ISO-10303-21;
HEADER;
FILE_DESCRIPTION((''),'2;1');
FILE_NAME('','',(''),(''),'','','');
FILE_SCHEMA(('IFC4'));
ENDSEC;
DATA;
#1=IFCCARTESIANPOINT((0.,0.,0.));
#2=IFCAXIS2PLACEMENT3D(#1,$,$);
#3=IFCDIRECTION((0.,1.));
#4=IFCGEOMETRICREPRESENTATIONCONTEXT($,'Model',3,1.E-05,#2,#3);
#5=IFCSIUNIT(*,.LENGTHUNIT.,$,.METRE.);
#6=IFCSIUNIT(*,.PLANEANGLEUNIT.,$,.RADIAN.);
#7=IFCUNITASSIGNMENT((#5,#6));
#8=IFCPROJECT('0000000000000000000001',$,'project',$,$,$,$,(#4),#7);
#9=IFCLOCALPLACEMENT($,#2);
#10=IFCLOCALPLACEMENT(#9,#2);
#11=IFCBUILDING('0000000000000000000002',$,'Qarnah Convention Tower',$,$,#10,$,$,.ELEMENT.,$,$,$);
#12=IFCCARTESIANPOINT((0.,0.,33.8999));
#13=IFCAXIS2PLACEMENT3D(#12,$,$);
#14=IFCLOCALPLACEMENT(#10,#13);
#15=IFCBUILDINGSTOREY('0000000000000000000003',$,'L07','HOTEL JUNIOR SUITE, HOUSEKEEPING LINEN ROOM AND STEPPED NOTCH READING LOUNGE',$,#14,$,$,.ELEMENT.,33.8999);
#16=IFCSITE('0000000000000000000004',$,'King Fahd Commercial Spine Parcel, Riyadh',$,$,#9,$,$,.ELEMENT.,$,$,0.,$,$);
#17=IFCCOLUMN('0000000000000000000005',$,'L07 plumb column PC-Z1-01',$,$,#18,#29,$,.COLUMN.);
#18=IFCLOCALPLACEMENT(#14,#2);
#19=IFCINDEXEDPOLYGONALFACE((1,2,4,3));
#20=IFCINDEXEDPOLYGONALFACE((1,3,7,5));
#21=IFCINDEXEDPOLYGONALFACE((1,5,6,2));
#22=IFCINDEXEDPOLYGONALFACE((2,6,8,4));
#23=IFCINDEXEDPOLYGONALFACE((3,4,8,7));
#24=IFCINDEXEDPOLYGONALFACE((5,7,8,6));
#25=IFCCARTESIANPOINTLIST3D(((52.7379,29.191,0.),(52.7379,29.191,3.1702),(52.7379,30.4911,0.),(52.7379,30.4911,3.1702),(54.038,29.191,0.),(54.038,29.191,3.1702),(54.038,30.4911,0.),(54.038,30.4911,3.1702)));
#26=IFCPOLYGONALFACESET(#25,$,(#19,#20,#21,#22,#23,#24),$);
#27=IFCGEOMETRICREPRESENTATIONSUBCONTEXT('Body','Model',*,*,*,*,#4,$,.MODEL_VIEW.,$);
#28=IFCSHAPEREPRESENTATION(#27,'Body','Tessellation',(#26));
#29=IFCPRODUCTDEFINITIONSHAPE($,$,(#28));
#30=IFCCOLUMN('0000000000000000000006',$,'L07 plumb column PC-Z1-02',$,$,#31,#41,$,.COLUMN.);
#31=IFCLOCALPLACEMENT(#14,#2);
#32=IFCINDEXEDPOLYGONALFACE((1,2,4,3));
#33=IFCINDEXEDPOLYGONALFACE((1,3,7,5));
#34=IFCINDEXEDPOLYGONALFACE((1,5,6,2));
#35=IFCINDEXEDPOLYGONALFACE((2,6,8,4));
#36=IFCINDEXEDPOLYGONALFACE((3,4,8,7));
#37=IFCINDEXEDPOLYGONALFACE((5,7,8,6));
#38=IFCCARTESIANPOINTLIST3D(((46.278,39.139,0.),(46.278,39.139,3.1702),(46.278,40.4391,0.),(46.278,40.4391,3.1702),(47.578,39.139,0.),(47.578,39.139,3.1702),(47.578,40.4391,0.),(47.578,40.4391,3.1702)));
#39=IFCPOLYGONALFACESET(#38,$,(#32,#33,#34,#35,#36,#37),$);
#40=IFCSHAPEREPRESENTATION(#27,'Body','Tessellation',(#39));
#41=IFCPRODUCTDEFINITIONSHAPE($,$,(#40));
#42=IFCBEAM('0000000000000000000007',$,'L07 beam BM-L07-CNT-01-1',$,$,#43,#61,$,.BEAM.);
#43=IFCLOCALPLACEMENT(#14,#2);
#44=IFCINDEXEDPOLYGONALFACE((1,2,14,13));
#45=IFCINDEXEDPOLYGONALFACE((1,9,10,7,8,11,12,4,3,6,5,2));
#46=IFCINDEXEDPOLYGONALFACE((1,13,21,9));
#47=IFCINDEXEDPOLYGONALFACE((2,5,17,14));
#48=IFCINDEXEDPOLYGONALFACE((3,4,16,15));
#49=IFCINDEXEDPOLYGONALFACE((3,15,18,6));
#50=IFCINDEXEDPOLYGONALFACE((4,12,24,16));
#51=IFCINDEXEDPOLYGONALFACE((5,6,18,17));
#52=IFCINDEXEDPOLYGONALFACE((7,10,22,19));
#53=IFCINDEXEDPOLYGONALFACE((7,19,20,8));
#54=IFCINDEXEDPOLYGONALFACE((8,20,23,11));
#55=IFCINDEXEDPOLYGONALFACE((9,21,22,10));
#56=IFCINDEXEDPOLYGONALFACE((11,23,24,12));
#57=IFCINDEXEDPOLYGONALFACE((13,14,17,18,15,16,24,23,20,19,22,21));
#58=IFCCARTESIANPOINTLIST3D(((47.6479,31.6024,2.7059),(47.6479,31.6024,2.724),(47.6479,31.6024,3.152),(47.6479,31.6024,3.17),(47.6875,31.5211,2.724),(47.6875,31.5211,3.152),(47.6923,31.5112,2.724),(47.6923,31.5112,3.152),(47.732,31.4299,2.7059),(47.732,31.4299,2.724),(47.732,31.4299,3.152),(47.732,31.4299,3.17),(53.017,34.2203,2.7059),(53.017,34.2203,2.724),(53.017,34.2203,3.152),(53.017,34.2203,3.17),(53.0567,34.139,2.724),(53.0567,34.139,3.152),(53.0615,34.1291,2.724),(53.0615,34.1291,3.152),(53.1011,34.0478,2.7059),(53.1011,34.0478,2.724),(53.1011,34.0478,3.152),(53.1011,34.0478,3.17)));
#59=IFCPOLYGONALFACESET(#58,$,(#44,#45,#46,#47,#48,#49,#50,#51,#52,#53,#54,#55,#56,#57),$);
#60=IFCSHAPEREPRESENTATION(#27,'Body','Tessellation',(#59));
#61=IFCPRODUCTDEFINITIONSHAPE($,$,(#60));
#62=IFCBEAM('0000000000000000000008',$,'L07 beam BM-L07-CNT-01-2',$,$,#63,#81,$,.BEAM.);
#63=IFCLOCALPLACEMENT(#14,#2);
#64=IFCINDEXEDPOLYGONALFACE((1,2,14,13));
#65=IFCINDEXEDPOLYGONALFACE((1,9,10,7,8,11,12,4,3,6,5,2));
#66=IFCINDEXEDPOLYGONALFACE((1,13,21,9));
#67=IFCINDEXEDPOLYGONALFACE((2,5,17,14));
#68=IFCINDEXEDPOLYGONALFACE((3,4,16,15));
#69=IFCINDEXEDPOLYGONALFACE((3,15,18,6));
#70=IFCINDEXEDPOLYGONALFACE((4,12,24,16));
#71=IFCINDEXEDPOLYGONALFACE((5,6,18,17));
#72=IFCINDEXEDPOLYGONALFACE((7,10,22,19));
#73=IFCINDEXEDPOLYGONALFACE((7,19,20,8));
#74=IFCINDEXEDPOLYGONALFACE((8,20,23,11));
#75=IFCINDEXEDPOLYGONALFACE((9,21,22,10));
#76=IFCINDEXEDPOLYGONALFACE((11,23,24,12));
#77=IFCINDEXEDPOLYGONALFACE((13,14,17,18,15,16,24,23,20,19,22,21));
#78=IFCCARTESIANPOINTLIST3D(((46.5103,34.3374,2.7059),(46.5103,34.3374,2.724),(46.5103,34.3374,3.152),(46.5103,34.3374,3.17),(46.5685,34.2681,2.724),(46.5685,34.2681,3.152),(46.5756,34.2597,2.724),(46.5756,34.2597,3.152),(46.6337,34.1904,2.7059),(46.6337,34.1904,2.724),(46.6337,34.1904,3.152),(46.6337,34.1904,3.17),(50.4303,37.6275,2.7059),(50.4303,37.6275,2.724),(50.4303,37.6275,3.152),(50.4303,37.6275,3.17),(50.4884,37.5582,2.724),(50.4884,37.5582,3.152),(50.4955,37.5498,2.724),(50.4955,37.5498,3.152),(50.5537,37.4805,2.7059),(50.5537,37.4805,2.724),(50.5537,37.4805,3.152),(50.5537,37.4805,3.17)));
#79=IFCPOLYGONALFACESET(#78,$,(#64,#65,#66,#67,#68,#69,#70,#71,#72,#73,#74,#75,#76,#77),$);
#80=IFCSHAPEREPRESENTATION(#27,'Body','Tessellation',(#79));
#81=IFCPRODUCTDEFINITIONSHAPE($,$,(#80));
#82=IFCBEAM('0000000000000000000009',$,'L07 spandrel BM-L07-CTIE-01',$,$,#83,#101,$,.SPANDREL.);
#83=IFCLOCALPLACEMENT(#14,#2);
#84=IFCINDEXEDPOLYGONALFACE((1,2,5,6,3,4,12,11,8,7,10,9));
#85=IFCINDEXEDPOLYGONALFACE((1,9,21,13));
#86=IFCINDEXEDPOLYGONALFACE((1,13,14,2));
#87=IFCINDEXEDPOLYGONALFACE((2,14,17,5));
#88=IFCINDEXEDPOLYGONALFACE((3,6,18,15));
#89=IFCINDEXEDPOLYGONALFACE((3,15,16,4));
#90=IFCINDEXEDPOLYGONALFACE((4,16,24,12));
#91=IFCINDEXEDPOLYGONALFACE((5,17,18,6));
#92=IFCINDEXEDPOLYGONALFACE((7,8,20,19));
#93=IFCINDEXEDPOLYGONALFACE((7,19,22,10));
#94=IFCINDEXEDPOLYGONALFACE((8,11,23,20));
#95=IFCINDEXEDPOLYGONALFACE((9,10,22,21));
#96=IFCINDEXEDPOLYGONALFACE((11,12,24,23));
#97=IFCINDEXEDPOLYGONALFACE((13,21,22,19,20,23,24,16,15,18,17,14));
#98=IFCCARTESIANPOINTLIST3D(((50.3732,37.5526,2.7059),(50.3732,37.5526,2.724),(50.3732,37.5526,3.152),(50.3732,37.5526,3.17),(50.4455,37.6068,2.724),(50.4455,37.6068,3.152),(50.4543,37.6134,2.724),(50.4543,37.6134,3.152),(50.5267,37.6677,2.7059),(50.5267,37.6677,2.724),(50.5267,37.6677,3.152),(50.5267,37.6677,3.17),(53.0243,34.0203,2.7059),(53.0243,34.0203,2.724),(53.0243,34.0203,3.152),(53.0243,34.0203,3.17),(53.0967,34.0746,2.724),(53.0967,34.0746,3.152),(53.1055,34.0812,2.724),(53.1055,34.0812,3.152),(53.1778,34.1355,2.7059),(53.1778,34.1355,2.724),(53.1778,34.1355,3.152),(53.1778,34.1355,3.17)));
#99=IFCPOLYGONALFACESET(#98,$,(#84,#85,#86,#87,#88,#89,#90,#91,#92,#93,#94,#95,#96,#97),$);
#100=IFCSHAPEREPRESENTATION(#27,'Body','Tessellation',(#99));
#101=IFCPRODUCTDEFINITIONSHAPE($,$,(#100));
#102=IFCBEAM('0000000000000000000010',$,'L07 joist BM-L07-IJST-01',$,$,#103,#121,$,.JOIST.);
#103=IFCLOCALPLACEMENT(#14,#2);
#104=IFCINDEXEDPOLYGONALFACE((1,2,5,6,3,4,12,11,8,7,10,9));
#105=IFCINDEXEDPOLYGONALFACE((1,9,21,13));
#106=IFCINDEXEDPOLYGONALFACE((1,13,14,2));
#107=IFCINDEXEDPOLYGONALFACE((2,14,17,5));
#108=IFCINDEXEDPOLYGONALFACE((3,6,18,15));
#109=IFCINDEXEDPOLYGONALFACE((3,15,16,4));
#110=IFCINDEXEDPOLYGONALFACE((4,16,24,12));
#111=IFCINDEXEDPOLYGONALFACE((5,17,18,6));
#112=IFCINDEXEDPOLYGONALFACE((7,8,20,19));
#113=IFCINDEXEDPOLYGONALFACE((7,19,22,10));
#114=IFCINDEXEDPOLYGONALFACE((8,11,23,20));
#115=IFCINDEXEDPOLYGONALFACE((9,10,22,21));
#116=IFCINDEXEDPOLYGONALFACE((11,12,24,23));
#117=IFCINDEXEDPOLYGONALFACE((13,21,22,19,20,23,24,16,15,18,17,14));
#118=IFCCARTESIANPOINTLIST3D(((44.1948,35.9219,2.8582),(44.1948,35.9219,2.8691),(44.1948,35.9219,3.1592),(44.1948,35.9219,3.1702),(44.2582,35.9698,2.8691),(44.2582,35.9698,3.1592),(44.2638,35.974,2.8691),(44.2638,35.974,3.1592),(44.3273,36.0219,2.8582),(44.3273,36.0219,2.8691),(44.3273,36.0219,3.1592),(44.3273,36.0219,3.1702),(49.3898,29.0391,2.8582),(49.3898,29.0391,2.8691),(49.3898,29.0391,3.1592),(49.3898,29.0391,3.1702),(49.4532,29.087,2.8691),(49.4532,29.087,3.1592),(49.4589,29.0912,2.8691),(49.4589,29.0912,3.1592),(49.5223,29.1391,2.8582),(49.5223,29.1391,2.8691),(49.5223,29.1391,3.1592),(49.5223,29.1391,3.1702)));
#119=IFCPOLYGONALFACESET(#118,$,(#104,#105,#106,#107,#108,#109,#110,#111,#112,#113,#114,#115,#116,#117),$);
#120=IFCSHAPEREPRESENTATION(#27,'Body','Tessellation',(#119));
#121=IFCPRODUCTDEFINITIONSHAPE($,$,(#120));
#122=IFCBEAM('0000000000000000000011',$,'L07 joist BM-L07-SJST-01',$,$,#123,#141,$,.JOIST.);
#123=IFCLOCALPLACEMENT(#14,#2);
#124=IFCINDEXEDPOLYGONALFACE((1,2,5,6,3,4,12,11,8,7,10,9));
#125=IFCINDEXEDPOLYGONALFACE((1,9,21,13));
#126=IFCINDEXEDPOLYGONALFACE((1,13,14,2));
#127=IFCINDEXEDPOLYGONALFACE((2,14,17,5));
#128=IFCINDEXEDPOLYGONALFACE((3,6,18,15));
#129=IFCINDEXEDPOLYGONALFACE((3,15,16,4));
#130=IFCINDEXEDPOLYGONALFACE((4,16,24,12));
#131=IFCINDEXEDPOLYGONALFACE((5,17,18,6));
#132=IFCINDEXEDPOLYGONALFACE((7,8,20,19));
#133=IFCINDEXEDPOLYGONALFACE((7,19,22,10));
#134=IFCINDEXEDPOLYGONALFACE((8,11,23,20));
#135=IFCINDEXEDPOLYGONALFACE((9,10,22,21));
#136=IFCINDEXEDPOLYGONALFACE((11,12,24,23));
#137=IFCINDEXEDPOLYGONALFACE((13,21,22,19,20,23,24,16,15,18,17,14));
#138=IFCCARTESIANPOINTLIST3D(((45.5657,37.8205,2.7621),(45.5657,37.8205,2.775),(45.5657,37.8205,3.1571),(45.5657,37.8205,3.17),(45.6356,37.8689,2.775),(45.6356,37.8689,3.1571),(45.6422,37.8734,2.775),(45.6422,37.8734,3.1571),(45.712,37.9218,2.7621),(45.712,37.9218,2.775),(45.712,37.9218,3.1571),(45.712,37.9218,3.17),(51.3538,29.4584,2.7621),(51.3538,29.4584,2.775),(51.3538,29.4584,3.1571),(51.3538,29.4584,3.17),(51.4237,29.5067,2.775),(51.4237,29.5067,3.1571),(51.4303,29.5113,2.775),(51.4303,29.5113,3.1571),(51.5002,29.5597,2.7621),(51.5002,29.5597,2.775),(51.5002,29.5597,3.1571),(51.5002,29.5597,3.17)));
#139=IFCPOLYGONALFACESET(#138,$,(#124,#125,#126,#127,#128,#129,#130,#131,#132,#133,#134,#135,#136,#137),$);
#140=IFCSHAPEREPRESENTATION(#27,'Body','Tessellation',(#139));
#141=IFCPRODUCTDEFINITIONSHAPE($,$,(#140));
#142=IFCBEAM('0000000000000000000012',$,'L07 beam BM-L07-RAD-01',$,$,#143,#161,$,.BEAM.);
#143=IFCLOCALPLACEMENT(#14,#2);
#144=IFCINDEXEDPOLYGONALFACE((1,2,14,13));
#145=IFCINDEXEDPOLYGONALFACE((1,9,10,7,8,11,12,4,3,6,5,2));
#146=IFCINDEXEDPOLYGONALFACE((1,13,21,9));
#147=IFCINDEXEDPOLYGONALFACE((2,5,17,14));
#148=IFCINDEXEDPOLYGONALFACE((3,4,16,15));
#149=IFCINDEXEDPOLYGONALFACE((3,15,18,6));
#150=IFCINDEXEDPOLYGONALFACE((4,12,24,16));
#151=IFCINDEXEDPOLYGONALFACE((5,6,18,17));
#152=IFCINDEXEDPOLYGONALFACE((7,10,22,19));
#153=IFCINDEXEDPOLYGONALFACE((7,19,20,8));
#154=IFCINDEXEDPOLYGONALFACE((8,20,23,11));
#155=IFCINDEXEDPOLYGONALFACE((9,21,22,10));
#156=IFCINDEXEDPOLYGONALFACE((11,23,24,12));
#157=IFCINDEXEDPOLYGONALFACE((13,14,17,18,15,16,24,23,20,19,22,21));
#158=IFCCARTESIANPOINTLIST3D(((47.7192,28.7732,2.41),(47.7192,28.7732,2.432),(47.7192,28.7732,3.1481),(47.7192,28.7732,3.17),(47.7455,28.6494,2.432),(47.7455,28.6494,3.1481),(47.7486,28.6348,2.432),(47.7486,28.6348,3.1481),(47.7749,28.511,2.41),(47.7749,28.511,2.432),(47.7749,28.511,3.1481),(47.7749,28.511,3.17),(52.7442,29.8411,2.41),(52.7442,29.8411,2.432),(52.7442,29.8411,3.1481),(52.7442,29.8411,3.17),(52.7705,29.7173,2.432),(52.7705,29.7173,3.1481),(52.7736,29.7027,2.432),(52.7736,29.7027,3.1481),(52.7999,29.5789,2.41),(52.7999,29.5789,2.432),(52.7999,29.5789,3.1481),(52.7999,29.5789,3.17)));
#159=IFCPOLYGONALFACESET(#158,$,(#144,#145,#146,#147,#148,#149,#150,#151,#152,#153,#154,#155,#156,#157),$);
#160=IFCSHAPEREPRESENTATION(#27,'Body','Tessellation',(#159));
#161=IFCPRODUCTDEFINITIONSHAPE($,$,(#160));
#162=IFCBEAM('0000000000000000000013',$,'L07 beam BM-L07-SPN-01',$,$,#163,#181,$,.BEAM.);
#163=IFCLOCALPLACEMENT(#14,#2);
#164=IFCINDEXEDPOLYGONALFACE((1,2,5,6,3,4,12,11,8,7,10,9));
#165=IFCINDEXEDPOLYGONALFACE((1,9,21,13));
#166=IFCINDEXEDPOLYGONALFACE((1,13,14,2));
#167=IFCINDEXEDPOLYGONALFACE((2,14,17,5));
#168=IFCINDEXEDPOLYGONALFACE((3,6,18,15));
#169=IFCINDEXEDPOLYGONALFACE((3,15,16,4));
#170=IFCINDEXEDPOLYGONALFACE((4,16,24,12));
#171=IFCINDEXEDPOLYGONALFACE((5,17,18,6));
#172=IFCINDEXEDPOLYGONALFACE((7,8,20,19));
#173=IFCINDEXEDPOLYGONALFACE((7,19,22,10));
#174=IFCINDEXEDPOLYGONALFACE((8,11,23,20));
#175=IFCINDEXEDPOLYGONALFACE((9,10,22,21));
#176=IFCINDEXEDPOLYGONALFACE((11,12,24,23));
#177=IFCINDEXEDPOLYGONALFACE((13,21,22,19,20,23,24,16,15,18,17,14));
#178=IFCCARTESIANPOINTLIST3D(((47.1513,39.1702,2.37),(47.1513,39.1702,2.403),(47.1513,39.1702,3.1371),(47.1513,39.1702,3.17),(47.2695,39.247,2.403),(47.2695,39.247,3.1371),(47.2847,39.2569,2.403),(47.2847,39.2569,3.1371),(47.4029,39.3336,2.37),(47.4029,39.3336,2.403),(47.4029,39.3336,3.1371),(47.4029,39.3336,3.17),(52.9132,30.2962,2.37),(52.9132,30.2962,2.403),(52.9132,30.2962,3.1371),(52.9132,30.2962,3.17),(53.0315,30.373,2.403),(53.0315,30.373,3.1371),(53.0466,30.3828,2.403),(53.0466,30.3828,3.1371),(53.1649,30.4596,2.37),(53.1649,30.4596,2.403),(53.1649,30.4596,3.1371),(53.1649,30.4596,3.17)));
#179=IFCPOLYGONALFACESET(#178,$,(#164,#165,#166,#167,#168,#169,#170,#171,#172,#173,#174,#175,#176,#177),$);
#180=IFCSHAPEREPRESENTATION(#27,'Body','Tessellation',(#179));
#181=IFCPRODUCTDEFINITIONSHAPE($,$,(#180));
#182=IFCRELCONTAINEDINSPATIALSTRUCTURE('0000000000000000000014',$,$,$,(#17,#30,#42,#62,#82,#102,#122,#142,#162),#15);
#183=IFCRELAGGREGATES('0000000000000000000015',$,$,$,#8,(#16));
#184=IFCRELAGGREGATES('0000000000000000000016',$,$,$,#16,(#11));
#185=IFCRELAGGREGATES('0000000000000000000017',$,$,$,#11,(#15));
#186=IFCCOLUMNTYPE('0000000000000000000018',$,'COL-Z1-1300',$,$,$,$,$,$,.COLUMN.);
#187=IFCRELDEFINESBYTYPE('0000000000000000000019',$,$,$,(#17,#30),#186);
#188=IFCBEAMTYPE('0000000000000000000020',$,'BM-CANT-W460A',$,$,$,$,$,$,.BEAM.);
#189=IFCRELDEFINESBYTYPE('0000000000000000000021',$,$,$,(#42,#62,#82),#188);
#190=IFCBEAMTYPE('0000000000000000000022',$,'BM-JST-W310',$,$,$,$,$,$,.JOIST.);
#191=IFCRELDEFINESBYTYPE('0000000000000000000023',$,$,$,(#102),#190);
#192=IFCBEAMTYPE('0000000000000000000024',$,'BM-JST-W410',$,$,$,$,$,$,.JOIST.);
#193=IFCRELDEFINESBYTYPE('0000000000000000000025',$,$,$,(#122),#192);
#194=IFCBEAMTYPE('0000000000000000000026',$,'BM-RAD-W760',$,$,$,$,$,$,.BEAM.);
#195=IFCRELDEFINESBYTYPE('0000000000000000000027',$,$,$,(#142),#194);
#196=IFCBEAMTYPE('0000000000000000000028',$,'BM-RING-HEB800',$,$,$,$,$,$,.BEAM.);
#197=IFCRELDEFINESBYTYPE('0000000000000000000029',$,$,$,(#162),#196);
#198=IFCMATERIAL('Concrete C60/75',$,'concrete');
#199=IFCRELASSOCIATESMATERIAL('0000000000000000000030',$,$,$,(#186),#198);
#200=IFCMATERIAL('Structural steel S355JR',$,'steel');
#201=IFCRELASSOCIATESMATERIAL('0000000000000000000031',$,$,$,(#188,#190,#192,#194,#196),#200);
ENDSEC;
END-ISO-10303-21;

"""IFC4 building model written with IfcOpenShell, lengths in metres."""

from ifc_helpers import new_model, si_unit, direction, frame, origin, origin_2d, place, context, subcontext, project, spatial, rectangle, i_section, extrude, material, material_profile, profile_set, type_object, element, save


model = new_model("IFC4")

# Units and contexts
model_context = context("Model", 3, precision=1e-05, world=origin(), true_north=direction((0.0, 1.0)))
body_context = subcontext(model_context, "Body", "Model", "MODEL_VIEW")
ifc_project = project(units=[si_unit("LENGTHUNIT", "METRE"), si_unit("PLANEANGLEUNIT", "RADIAN")], contexts=[model_context])

# Site, building, storey
site_placement = place(None, origin())
site = spatial("IfcSite", under=ifc_project, at=site_placement, Name="King Fahd Commercial Spine Parcel, Riyadh", CompositionType="ELEMENT", RefElevation=0.0)
building_placement = place(site_placement, origin())
building = spatial("IfcBuilding", under=site, at=building_placement, Name="Qarnah Convention Tower", CompositionType="ELEMENT")
storey_placement = place(building_placement, frame((0.0, 0.0, 33.8999)))
storey = spatial("IfcBuildingStorey", under=building, at=storey_placement, Name="L07", Description="HOTEL JUNIOR SUITE, HOUSEKEEPING LINEN ROOM AND STEPPED NOTCH READING LOUNGE", CompositionType="ELEMENT", Elevation=33.8999)

# Columns
ifc_material_1 = material(Name="Concrete C60/75", Category="concrete")
ifc_material_profile_1 = material_profile(ifc_material_1, rectangle(XDim=1.3, YDim=1.3, at=origin_2d()), Name="RC-COL-1300X1300")
ifc_profile_set_1 = profile_set([ifc_material_profile_1], Name="Concrete C60/75")
column_type = type_object("IfcColumnType", Name="COL-Z1-1300", PredefinedType="COLUMN", material=ifc_profile_set_1)
for number, where, z_axis, x_axis, name in (
    (1, (53.3879, 29.8411, 0.0), (0.0, 0.0, 1.0), (1.0, 0.0, 0.0), "L07 plumb column PC-Z1-01"),
    (2, (46.928, 39.7891, 0.0), (0.0, 0.0, 1.0), (1.0, 0.0, 0.0), "L07 plumb column PC-Z1-02"),
):
    element("IfcColumn", number, at=place(storey_placement, frame(where, z_axis=z_axis, x_axis=x_axis)), inside=storey, type_object=column_type, Name=name, PredefinedType="COLUMN", context=body_context, shape_type="SweptSolid", body=[
        extrude(rectangle(XDim=1.3, YDim=1.3, at=origin_2d()), origin(), (0.0, 0.0, 1.0), 3.1702),
    ])

# Beams
ifc_material_2 = material(Name="Structural steel S355JR", Category="steel")
ifc_material_profile_2 = material_profile(ifc_material_2, i_section(OverallWidth=0.1919, OverallDepth=0.4641, WebThickness=0.011, FlangeThickness=0.0181, at=origin_2d()), Name="W460X89")
ifc_profile_set_2 = profile_set([ifc_material_profile_2], Name="Structural steel S355JR")
beam_type_1 = type_object("IfcBeamType", Name="BM-CANT-W460A", PredefinedType="BEAM", material=ifc_profile_set_2)
beam_1_placement = place(storey_placement, frame((47.6899, 31.5161, 2.938), z_axis=(0.898846, 0.438265, 0.0), x_axis=(-0.438265, 0.898846, 0.0)))
element("IfcBeam", 3, at=beam_1_placement, inside=storey, type_object=beam_type_1, Name="L07 beam BM-L07-CNT-01-1", PredefinedType="BEAM", context=body_context, shape_type="SweptSolid", body=[
    extrude(i_section(OverallWidth=0.1919, OverallDepth=0.4641, WebThickness=0.011, FlangeThickness=0.0181, at=origin_2d()), origin(), (0.0, 0.0, 1.0), 5.9734),
])
beam_2_placement = place(storey_placement, frame((46.572, 34.2639, 2.938), z_axis=(0.765964, 0.642883, 0.0), x_axis=(-0.642883, 0.765964, 0.0)))
element("IfcBeam", 4, at=beam_2_placement, inside=storey, type_object=beam_type_1, Name="L07 beam BM-L07-CNT-01-2", PredefinedType="BEAM", context=body_context, shape_type="SweptSolid", body=[
    extrude(i_section(OverallWidth=0.1919, OverallDepth=0.4641, WebThickness=0.011, FlangeThickness=0.0181, at=origin_2d()), origin(), (0.0, 0.0, 1.0), 5.1177),
])
beam_3_placement = place(storey_placement, frame((53.1011, 34.0779, 2.938), z_axis=(-0.600283, 0.799788, 0.0), x_axis=(-0.799788, -0.600283, 0.0)))
element("IfcBeam", 5, at=beam_3_placement, inside=storey, type_object=beam_type_1, Name="L07 spandrel BM-L07-CTIE-01", PredefinedType="SPANDREL", context=body_context, shape_type="SweptSolid", body=[
    extrude(i_section(OverallWidth=0.1919, OverallDepth=0.4641, WebThickness=0.011, FlangeThickness=0.0181, at=origin_2d()), origin(), (0.0, 0.0, 1.0), 4.4165),
])
ifc_material_profile_3 = material_profile(ifc_material_2, i_section(OverallWidth=0.166, OverallDepth=0.312, WebThickness=0.0071, FlangeThickness=0.011, at=origin_2d()), Name="W310X45")
ifc_profile_set_3 = profile_set([ifc_material_profile_3], Name="Structural steel S355JR")
beam_type_2 = type_object("IfcBeamType", Name="BM-JST-W310", PredefinedType="JOIST", material=ifc_profile_set_3)
beam_4_placement = place(storey_placement, frame((49.4561, 29.0891, 3.0142), z_axis=(-0.602443, 0.798162, 0.0), x_axis=(-0.798162, -0.602443, 0.0)))
element("IfcBeam", 6, at=beam_4_placement, inside=storey, type_object=beam_type_2, Name="L07 joist BM-L07-IJST-01", PredefinedType="JOIST", context=body_context, shape_type="SweptSolid", body=[
    extrude(i_section(OverallWidth=0.166, OverallDepth=0.312, WebThickness=0.0071, FlangeThickness=0.011, at=origin_2d()), origin(), (0.0, 0.0, 1.0), 8.6233),
])
ifc_material_profile_4 = material_profile(ifc_material_2, i_section(OverallWidth=0.178, OverallDepth=0.408, WebThickness=0.0081, FlangeThickness=0.0129, at=origin_2d()), Name="W410X60")
ifc_profile_set_4 = profile_set([ifc_material_profile_4], Name="Structural steel S355JR")
beam_type_3 = type_object("IfcBeamType", Name="BM-JST-W410", PredefinedType="JOIST", material=ifc_profile_set_4)
beam_5_placement = place(storey_placement, frame((51.427, 29.509, 2.9661), z_axis=(-0.569141, 0.82224, 0.0), x_axis=(-0.82224, -0.569141, 0.0)))
element("IfcBeam", 7, at=beam_5_placement, inside=storey, type_object=beam_type_3, Name="L07 joist BM-L07-SJST-01", PredefinedType="JOIST", context=body_context, shape_type="SweptSolid", body=[
    extrude(i_section(OverallWidth=0.178, OverallDepth=0.408, WebThickness=0.0081, FlangeThickness=0.0129, at=origin_2d()), origin(), (0.0, 0.0, 1.0), 10.1699),
])
ifc_material_profile_5 = material_profile(ifc_material_2, i_section(OverallWidth=0.2681, OverallDepth=0.76, WebThickness=0.0149, FlangeThickness=0.022, at=origin_2d()), Name="W760X185")
ifc_profile_set_5 = profile_set([ifc_material_profile_5], Name="Structural steel S355JR")
beam_type_4 = type_object("IfcBeamType", Name="BM-RAD-W760", PredefinedType="BEAM", material=ifc_profile_set_5)
beam_6_placement = place(storey_placement, frame((47.7471, 28.6421, 2.79), z_axis=(0.978156, 0.207874, 0.0), x_axis=(-0.207874, 0.978156, 0.0)))
element("IfcBeam", 8, at=beam_6_placement, inside=storey, type_object=beam_type_4, Name="L07 beam BM-L07-RAD-01", PredefinedType="BEAM", context=body_context, shape_type="SweptSolid", body=[
    extrude(i_section(OverallWidth=0.2681, OverallDepth=0.76, WebThickness=0.0149, FlangeThickness=0.022, at=origin_2d()), origin(), (0.0, 0.0, 1.0), 5.1372),
])
ifc_material_profile_6 = material_profile(ifc_material_2, i_section(OverallWidth=0.3, OverallDepth=0.8, WebThickness=0.0181, FlangeThickness=0.033, at=origin_2d()), Name="HEB800")
ifc_profile_set_6 = profile_set([ifc_material_profile_6], Name="Structural steel S355JR")
beam_type_5 = type_object("IfcBeamType", Name="BM-RING-HEB800", PredefinedType="BEAM", material=ifc_profile_set_6)
beam_7_placement = place(storey_placement, frame((53.0391, 30.3779, 2.77), z_axis=(-0.54458, 0.838709, 0.0), x_axis=(-0.838709, -0.54458, 0.0)))
element("IfcBeam", 9, at=beam_7_placement, inside=storey, type_object=beam_type_5, Name="L07 beam BM-L07-SPN-01", PredefinedType="BEAM", context=body_context, shape_type="SweptSolid", body=[
    extrude(i_section(OverallWidth=0.3, OverallDepth=0.8, WebThickness=0.0181, FlangeThickness=0.033, at=origin_2d()), origin(), (0.0, 0.0, 1.0), 10.5806),
])

save(model, "model.ifc")
